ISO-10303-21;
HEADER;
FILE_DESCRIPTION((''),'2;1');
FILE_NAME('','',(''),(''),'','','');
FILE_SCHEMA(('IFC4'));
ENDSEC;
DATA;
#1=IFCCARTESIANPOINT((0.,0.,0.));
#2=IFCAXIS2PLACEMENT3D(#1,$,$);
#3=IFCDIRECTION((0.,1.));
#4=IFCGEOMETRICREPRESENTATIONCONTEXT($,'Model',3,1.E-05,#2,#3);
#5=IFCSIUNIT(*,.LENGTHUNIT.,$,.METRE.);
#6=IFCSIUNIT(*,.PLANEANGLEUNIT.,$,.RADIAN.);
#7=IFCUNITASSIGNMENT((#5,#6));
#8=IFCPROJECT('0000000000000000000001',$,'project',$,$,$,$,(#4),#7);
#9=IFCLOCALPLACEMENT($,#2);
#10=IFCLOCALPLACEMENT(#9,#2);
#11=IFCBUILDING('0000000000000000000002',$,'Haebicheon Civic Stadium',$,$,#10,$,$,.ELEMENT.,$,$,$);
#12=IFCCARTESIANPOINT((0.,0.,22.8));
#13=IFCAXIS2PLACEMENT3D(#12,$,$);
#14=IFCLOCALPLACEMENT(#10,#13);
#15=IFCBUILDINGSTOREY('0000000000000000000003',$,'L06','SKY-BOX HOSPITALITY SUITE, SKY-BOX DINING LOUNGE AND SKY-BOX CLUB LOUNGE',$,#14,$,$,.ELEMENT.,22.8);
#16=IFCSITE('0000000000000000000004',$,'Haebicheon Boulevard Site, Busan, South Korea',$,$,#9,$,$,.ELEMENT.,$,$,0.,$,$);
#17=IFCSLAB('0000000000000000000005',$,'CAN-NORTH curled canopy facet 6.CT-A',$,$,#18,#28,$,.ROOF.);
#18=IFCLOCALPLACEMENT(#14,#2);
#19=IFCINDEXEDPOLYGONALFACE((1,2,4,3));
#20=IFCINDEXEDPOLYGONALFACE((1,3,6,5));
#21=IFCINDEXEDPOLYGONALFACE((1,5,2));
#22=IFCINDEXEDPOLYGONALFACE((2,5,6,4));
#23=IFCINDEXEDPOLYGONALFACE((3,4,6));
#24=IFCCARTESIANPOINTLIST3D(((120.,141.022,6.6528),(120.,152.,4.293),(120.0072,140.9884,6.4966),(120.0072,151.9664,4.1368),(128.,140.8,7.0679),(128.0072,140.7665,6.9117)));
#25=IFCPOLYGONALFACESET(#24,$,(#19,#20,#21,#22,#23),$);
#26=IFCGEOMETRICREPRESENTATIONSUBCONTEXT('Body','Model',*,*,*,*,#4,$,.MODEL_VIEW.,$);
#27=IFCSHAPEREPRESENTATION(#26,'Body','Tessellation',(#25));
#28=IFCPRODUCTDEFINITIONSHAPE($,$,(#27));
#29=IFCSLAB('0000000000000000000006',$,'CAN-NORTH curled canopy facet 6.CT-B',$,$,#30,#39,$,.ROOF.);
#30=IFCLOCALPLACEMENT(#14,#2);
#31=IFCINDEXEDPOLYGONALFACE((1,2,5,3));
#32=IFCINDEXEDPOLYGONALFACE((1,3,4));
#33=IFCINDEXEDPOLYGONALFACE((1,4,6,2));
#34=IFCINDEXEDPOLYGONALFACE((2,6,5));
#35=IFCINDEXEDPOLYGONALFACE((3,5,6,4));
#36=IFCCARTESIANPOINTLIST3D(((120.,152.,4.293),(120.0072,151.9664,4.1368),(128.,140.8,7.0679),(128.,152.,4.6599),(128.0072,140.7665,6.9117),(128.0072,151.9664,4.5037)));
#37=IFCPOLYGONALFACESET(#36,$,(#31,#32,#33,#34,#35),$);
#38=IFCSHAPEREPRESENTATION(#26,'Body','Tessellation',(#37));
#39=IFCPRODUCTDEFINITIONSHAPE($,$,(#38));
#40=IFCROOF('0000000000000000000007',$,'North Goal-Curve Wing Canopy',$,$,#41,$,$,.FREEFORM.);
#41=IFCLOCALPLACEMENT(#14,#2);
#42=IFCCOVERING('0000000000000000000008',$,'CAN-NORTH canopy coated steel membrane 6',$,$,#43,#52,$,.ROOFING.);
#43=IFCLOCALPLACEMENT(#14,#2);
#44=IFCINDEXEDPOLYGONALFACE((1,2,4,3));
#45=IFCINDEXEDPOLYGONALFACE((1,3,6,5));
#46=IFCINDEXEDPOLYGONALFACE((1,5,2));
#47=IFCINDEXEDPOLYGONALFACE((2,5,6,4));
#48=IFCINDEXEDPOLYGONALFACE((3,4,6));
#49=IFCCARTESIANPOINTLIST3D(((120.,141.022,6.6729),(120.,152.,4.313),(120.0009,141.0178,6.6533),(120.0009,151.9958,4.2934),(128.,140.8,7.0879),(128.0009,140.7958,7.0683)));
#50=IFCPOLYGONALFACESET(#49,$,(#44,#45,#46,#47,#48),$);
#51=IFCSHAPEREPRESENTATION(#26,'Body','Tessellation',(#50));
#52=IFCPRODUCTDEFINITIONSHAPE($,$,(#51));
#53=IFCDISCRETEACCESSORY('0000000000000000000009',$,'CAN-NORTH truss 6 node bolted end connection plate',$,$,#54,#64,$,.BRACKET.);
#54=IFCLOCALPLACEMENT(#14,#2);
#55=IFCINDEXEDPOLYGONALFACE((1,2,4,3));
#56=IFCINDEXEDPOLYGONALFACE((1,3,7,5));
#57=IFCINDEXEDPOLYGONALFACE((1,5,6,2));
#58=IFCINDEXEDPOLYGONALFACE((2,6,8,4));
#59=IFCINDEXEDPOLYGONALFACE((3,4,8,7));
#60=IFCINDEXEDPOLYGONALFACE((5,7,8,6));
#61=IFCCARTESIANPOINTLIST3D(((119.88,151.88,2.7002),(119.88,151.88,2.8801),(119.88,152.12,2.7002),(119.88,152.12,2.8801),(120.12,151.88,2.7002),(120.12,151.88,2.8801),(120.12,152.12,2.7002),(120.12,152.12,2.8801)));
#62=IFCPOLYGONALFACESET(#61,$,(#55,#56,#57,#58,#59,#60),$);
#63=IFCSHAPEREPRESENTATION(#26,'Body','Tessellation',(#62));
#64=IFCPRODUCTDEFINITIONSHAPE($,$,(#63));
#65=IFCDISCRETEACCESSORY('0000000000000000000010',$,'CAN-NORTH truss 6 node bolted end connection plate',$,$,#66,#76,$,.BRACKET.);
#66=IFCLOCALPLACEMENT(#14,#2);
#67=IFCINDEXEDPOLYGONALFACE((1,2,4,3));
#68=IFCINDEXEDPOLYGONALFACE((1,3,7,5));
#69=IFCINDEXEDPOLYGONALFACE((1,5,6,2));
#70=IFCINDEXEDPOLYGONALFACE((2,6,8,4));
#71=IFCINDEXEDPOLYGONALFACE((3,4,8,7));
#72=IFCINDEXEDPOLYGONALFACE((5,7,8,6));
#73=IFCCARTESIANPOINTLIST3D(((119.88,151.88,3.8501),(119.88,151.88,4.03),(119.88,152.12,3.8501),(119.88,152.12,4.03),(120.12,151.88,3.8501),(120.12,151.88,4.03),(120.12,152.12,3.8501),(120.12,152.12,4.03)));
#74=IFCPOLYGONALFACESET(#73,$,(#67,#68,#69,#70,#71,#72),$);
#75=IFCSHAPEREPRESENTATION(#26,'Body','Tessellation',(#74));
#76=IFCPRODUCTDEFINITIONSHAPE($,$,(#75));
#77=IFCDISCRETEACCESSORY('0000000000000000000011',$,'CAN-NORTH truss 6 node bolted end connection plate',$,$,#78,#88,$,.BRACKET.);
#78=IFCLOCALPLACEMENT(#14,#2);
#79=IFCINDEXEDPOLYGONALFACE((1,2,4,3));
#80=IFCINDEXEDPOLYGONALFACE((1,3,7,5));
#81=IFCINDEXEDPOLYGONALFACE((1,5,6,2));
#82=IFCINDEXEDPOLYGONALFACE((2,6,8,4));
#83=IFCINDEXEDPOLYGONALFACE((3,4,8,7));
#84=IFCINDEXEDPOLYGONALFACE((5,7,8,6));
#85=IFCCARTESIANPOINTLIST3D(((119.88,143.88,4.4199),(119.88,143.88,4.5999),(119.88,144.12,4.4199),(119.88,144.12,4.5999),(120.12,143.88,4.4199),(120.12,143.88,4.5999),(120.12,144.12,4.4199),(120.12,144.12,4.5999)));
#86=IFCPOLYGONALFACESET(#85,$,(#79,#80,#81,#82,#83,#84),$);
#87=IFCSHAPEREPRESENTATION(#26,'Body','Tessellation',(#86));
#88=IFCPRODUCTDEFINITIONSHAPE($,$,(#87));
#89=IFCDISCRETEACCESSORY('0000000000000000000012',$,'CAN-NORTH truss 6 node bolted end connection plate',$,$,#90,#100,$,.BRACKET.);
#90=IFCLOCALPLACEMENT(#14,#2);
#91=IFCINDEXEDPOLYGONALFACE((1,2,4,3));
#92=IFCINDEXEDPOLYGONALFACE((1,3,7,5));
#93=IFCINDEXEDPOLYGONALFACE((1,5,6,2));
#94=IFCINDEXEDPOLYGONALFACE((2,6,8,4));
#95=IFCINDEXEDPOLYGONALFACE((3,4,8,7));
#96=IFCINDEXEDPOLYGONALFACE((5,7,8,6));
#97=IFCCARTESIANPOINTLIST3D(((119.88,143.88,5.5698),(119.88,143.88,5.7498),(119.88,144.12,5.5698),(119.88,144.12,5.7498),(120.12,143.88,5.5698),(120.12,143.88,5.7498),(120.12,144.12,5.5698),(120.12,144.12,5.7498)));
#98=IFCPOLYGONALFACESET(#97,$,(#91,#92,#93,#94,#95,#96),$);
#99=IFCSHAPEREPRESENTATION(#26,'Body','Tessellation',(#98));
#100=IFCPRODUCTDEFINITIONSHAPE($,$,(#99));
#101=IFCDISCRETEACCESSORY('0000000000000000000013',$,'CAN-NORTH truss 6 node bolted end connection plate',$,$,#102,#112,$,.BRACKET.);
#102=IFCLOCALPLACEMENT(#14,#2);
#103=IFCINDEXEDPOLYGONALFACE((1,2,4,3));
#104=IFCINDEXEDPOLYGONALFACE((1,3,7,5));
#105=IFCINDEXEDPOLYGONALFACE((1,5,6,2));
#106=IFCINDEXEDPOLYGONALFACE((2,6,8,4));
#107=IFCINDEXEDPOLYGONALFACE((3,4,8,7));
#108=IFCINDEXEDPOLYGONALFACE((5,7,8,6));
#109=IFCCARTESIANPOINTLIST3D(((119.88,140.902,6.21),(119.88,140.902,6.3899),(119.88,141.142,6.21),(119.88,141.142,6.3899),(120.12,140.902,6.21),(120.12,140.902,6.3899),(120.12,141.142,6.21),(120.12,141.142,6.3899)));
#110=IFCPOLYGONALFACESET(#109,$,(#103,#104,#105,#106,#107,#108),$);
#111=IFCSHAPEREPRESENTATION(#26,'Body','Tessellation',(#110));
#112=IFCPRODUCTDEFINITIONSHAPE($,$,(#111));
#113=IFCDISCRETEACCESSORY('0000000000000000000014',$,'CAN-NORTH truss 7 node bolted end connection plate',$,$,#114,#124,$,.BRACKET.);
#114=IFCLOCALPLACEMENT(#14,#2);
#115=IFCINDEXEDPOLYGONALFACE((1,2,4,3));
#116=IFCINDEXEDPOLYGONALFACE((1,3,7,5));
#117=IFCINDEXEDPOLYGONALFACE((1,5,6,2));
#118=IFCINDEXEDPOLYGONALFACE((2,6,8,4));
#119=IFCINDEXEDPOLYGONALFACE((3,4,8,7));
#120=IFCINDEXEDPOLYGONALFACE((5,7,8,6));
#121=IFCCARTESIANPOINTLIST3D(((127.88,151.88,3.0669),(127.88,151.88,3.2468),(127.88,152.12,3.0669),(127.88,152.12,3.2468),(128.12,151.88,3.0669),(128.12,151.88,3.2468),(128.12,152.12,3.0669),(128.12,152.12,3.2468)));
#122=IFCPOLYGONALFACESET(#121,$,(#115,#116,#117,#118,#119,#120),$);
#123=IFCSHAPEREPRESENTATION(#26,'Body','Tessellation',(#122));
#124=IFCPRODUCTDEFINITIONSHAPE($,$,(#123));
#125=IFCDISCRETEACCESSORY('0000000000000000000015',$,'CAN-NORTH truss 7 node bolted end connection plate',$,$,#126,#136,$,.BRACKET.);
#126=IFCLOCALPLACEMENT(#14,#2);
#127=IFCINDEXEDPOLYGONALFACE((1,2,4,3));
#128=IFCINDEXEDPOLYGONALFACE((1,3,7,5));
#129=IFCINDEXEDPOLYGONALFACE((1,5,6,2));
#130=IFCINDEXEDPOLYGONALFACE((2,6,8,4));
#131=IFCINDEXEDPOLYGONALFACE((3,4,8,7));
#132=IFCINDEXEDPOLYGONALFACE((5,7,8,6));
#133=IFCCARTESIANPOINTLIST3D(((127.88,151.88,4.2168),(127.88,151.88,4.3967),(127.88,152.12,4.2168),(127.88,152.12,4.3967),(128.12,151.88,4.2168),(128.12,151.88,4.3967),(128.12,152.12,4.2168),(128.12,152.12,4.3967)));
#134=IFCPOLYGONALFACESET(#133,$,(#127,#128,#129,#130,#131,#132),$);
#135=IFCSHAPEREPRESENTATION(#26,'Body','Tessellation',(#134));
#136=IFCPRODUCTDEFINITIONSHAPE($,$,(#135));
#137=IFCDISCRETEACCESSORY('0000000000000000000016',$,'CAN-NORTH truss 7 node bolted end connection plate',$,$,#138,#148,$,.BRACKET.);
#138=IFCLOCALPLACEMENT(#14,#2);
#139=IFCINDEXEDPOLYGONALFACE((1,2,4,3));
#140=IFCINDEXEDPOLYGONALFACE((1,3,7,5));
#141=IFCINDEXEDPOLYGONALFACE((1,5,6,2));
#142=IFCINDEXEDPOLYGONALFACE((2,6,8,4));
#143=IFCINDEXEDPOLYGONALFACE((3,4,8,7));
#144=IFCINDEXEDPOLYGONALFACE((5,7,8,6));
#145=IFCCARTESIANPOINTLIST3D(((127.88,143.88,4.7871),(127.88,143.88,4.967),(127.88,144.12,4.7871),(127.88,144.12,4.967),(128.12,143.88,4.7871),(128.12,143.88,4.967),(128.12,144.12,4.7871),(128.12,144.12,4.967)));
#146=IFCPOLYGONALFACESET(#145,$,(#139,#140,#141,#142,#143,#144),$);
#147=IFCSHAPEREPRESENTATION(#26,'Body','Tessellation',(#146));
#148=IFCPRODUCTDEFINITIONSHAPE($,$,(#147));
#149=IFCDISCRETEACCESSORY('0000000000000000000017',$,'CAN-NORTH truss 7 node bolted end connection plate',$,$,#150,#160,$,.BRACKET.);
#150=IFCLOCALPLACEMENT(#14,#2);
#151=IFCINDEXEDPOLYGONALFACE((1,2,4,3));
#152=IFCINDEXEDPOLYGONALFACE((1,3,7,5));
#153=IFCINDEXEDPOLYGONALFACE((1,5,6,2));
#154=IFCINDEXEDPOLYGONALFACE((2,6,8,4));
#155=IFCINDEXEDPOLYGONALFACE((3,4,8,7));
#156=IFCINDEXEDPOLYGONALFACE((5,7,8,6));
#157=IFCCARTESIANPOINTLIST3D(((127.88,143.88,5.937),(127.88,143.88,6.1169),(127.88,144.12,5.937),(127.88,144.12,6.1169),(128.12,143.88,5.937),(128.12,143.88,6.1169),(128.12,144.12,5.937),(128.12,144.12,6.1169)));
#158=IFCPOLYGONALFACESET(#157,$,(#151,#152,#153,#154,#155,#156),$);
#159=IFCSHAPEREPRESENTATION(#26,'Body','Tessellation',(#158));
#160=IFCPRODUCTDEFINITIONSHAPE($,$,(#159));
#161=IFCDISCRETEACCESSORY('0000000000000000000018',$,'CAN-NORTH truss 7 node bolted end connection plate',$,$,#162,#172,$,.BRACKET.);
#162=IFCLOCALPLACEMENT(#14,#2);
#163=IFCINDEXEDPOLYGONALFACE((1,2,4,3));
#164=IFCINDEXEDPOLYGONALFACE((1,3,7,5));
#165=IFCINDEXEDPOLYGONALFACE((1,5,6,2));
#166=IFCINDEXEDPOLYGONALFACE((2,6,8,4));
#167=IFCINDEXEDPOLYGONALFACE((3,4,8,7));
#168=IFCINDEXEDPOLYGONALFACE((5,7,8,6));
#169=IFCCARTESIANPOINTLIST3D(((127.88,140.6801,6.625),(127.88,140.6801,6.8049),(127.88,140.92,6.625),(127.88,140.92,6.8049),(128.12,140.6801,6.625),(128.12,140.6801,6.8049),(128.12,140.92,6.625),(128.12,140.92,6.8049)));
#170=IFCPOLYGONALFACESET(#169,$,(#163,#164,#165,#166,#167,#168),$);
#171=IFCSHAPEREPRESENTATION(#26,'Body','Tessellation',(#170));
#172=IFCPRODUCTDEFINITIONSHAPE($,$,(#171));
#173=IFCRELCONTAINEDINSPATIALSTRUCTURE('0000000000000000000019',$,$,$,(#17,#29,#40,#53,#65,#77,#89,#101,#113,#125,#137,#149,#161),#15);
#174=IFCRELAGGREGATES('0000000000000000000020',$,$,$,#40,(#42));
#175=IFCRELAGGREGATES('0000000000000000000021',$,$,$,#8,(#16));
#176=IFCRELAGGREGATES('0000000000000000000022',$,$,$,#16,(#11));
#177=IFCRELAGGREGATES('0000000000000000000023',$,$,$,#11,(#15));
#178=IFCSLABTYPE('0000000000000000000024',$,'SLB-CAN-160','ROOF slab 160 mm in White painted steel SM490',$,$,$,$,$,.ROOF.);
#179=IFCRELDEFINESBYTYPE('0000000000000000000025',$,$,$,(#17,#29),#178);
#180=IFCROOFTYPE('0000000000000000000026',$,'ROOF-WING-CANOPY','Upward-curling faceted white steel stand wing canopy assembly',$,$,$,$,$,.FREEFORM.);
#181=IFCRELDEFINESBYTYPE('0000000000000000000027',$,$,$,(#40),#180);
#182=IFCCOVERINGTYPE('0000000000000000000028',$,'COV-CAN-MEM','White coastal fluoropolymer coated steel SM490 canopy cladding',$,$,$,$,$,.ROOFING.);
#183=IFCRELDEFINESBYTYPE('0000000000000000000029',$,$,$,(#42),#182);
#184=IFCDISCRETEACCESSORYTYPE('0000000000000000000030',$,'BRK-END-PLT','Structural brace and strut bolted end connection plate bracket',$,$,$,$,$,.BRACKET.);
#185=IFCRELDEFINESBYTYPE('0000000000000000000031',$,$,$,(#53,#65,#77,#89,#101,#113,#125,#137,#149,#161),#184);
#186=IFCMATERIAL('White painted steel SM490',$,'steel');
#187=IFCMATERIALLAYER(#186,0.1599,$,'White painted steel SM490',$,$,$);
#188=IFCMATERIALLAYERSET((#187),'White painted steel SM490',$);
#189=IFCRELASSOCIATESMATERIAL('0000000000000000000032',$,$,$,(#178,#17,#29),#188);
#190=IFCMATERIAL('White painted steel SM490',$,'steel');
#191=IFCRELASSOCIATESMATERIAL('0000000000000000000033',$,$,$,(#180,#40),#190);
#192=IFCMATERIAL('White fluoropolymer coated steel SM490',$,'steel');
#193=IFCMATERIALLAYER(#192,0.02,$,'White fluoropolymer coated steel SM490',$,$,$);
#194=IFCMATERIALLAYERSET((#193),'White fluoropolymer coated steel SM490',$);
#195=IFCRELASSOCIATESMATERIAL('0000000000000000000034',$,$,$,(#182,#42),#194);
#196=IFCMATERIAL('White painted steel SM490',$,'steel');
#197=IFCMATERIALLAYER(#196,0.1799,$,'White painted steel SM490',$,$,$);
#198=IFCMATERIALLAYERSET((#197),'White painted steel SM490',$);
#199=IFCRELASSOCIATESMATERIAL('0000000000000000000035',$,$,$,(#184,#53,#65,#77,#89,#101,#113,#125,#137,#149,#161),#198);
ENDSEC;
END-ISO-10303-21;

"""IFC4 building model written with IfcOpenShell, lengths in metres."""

from ifc_helpers import new_model, si_unit, direction, frame, origin, origin_2d, place, context, subcontext, project, spatial, polyline, rectangle, outline, extrude, material, layer, layer_set, type_object, element, aggregate, save


model = new_model("IFC4")

# Units and contexts
model_context = context("Model", 3, precision=1e-05, world=origin(), true_north=direction((0.0, 1.0)))
body_context = subcontext(model_context, "Body", "Model", "MODEL_VIEW")
ifc_project = project(units=[si_unit("LENGTHUNIT", "METRE"), si_unit("PLANEANGLEUNIT", "RADIAN")], contexts=[model_context])

# Site, building, storey
site_placement = place(None, origin())
site = spatial("IfcSite", under=ifc_project, at=site_placement, Name="Haebicheon Boulevard Site, Busan, South Korea", CompositionType="ELEMENT", RefElevation=0.0)
building_placement = place(site_placement, origin())
building = spatial("IfcBuilding", under=site, at=building_placement, Name="Haebicheon Civic Stadium", CompositionType="ELEMENT")
storey_placement = place(building_placement, frame((0.0, 0.0, 22.8)))
storey = spatial("IfcBuildingStorey", under=building, at=storey_placement, Name="L06", Description="SKY-BOX HOSPITALITY SUITE, SKY-BOX DINING LOUNGE AND SKY-BOX CLUB LOUNGE", CompositionType="ELEMENT", Elevation=22.8)

# Slabs
ifc_material_1 = material(Name="White painted steel SM490", Category="steel")
ifc_layer_1 = layer(ifc_material_1, 0.1599, Name="White painted steel SM490")
ifc_layer_set_1 = layer_set([ifc_layer_1], Name="White painted steel SM490")
slab_type = type_object("IfcSlabType", Name="SLB-CAN-160", Description="ROOF slab 160 mm in White painted steel SM490", PredefinedType="ROOF", material=ifc_layer_set_1)
slab_1_placement = place(storey_placement, frame((120.0, 152.0, 4.293), z_axis=(-0.044846, 0.20995, 0.976683), x_axis=(0.0, -0.977667, 0.210162)))
element("IfcSlab", 1, at=slab_1_placement, inside=storey, type_object=slab_type, material=ifc_layer_set_1, Name="CAN-NORTH curled canopy facet 6.CT-A", PredefinedType="ROOF", context=body_context, shape_type="SweptSolid", body=[
    extrude(outline(polyline([(0.0, 0.0), (11.2288, 0.0), (11.533, 8.0081), (0.0, 0.0)])), origin(), (0.0, 0.0, -1.0), 0.1599),
])
slab_2_placement = place(storey_placement, frame((120.0, 152.0, 4.293), z_axis=(-0.044798, 0.209983, 0.976678), x_axis=(0.569775, -0.797682, 0.197634)))
element("IfcSlab", 2, at=slab_2_placement, inside=storey, type_object=slab_type, material=ifc_layer_set_1, Name="CAN-NORTH curled canopy facet 6.CT-B", PredefinedType="ROOF", context=body_context, shape_type="SweptSolid", body=[
    extrude(outline(polyline([(0.0, 0.0), (14.0406, 0.0), (4.6307, 6.5338), (0.0, 0.0)])), origin(), (0.0, 0.0, -1.0), 0.1599),
])

# Roof, covering
ifc_material_2 = material(Name="White painted steel SM490", Category="steel")
roof_type = type_object("IfcRoofType", Name="ROOF-WING-CANOPY", Description="Upward-curling faceted white steel stand wing canopy assembly", PredefinedType="FREEFORM", material=ifc_material_2)
roof_placement = place(storey_placement, origin())
roof = element("IfcRoof", 3, at=roof_placement, inside=storey, type_object=roof_type, material=ifc_material_2, Name="North Goal-Curve Wing Canopy", PredefinedType="FREEFORM")
ifc_material_3 = material(Name="White fluoropolymer coated steel SM490", Category="steel")
ifc_layer_2 = layer(ifc_material_3, 0.02, Name="White fluoropolymer coated steel SM490")
ifc_layer_set_2 = layer_set([ifc_layer_2], Name="White fluoropolymer coated steel SM490")
covering_type = type_object("IfcCoveringType", Name="COV-CAN-MEM", Description="White coastal fluoropolymer coated steel SM490 canopy cladding", PredefinedType="ROOFING", material=ifc_layer_set_2)
covering_placement = place(storey_placement, frame((120.0, 152.0, 4.313), z_axis=(-0.044846, 0.20995, 0.976683), x_axis=(0.0, -0.977667, 0.210162)))
covering = element("IfcCovering", 4, at=covering_placement, type_object=covering_type, material=ifc_layer_set_2, Name="CAN-NORTH canopy coated steel membrane 6", PredefinedType="ROOFING", context=body_context, shape_type="SweptSolid", body=[
    extrude(outline(polyline([(0.0, 0.0), (11.2288, 0.0), (11.533, 8.0081), (0.0, 0.0)])), origin(), (0.0, 0.0, -1.0), 0.02),
])
aggregate(roof, [covering])

# Discrete accessories
ifc_material_4 = material(Name="White painted steel SM490", Category="steel")
ifc_layer_3 = layer(ifc_material_4, 0.1799, Name="White painted steel SM490")
ifc_layer_set_3 = layer_set([ifc_layer_3], Name="White painted steel SM490")
discrete_accessory_type = type_object("IfcDiscreteAccessoryType", Name="BRK-END-PLT", Description="Structural brace and strut bolted end connection plate bracket", PredefinedType="BRACKET", material=ifc_layer_set_3)
for number, where, z_axis, x_axis, name in (
    (5, (120.0, 152.0, 2.7002), (0.0, 0.0, 1.0), (1.0, 0.0, 0.0), "CAN-NORTH truss 6 node bolted end connection plate"),
    (6, (120.0, 152.0, 3.8501), (0.0, 0.0, 1.0), (1.0, 0.0, 0.0), "CAN-NORTH truss 6 node bolted end connection plate"),
    (7, (120.0, 144.0, 4.4199), (0.0, 0.0, 1.0), (1.0, 0.0, 0.0), "CAN-NORTH truss 6 node bolted end connection plate"),
    (8, (120.0, 144.0, 5.5698), (0.0, 0.0, 1.0), (1.0, 0.0, 0.0), "CAN-NORTH truss 6 node bolted end connection plate"),
    (9, (120.0, 141.022, 6.21), (0.0, 0.0, 1.0), (1.0, 0.0, 0.0), "CAN-NORTH truss 6 node bolted end connection plate"),
    (10, (128.0, 152.0, 3.0669), (0.0, 0.0, 1.0), (1.0, 0.0, 0.0), "CAN-NORTH truss 7 node bolted end connection plate"),
    (11, (128.0, 152.0, 4.2168), (0.0, 0.0, 1.0), (1.0, 0.0, 0.0), "CAN-NORTH truss 7 node bolted end connection plate"),
    (12, (128.0, 144.0, 4.7871), (0.0, 0.0, 1.0), (1.0, 0.0, 0.0), "CAN-NORTH truss 7 node bolted end connection plate"),
    (13, (128.0, 144.0, 5.937), (0.0, 0.0, 1.0), (1.0, 0.0, 0.0), "CAN-NORTH truss 7 node bolted end connection plate"),
    (14, (128.0, 140.8, 6.625), (0.0, 0.0, 1.0), (1.0, 0.0, 0.0), "CAN-NORTH truss 7 node bolted end connection plate"),
):
    element("IfcDiscreteAccessory", number, at=place(storey_placement, frame(where, z_axis=z_axis, x_axis=x_axis)), inside=storey, type_object=discrete_accessory_type, material=ifc_layer_set_3, Name=name, PredefinedType="BRACKET", context=body_context, shape_type="SweptSolid", body=[
        extrude(rectangle(XDim=0.24, YDim=0.24, at=origin_2d()), origin(), (0.0, 0.0, 1.0), 0.1799),
    ])

save(model, "model.ifc")
